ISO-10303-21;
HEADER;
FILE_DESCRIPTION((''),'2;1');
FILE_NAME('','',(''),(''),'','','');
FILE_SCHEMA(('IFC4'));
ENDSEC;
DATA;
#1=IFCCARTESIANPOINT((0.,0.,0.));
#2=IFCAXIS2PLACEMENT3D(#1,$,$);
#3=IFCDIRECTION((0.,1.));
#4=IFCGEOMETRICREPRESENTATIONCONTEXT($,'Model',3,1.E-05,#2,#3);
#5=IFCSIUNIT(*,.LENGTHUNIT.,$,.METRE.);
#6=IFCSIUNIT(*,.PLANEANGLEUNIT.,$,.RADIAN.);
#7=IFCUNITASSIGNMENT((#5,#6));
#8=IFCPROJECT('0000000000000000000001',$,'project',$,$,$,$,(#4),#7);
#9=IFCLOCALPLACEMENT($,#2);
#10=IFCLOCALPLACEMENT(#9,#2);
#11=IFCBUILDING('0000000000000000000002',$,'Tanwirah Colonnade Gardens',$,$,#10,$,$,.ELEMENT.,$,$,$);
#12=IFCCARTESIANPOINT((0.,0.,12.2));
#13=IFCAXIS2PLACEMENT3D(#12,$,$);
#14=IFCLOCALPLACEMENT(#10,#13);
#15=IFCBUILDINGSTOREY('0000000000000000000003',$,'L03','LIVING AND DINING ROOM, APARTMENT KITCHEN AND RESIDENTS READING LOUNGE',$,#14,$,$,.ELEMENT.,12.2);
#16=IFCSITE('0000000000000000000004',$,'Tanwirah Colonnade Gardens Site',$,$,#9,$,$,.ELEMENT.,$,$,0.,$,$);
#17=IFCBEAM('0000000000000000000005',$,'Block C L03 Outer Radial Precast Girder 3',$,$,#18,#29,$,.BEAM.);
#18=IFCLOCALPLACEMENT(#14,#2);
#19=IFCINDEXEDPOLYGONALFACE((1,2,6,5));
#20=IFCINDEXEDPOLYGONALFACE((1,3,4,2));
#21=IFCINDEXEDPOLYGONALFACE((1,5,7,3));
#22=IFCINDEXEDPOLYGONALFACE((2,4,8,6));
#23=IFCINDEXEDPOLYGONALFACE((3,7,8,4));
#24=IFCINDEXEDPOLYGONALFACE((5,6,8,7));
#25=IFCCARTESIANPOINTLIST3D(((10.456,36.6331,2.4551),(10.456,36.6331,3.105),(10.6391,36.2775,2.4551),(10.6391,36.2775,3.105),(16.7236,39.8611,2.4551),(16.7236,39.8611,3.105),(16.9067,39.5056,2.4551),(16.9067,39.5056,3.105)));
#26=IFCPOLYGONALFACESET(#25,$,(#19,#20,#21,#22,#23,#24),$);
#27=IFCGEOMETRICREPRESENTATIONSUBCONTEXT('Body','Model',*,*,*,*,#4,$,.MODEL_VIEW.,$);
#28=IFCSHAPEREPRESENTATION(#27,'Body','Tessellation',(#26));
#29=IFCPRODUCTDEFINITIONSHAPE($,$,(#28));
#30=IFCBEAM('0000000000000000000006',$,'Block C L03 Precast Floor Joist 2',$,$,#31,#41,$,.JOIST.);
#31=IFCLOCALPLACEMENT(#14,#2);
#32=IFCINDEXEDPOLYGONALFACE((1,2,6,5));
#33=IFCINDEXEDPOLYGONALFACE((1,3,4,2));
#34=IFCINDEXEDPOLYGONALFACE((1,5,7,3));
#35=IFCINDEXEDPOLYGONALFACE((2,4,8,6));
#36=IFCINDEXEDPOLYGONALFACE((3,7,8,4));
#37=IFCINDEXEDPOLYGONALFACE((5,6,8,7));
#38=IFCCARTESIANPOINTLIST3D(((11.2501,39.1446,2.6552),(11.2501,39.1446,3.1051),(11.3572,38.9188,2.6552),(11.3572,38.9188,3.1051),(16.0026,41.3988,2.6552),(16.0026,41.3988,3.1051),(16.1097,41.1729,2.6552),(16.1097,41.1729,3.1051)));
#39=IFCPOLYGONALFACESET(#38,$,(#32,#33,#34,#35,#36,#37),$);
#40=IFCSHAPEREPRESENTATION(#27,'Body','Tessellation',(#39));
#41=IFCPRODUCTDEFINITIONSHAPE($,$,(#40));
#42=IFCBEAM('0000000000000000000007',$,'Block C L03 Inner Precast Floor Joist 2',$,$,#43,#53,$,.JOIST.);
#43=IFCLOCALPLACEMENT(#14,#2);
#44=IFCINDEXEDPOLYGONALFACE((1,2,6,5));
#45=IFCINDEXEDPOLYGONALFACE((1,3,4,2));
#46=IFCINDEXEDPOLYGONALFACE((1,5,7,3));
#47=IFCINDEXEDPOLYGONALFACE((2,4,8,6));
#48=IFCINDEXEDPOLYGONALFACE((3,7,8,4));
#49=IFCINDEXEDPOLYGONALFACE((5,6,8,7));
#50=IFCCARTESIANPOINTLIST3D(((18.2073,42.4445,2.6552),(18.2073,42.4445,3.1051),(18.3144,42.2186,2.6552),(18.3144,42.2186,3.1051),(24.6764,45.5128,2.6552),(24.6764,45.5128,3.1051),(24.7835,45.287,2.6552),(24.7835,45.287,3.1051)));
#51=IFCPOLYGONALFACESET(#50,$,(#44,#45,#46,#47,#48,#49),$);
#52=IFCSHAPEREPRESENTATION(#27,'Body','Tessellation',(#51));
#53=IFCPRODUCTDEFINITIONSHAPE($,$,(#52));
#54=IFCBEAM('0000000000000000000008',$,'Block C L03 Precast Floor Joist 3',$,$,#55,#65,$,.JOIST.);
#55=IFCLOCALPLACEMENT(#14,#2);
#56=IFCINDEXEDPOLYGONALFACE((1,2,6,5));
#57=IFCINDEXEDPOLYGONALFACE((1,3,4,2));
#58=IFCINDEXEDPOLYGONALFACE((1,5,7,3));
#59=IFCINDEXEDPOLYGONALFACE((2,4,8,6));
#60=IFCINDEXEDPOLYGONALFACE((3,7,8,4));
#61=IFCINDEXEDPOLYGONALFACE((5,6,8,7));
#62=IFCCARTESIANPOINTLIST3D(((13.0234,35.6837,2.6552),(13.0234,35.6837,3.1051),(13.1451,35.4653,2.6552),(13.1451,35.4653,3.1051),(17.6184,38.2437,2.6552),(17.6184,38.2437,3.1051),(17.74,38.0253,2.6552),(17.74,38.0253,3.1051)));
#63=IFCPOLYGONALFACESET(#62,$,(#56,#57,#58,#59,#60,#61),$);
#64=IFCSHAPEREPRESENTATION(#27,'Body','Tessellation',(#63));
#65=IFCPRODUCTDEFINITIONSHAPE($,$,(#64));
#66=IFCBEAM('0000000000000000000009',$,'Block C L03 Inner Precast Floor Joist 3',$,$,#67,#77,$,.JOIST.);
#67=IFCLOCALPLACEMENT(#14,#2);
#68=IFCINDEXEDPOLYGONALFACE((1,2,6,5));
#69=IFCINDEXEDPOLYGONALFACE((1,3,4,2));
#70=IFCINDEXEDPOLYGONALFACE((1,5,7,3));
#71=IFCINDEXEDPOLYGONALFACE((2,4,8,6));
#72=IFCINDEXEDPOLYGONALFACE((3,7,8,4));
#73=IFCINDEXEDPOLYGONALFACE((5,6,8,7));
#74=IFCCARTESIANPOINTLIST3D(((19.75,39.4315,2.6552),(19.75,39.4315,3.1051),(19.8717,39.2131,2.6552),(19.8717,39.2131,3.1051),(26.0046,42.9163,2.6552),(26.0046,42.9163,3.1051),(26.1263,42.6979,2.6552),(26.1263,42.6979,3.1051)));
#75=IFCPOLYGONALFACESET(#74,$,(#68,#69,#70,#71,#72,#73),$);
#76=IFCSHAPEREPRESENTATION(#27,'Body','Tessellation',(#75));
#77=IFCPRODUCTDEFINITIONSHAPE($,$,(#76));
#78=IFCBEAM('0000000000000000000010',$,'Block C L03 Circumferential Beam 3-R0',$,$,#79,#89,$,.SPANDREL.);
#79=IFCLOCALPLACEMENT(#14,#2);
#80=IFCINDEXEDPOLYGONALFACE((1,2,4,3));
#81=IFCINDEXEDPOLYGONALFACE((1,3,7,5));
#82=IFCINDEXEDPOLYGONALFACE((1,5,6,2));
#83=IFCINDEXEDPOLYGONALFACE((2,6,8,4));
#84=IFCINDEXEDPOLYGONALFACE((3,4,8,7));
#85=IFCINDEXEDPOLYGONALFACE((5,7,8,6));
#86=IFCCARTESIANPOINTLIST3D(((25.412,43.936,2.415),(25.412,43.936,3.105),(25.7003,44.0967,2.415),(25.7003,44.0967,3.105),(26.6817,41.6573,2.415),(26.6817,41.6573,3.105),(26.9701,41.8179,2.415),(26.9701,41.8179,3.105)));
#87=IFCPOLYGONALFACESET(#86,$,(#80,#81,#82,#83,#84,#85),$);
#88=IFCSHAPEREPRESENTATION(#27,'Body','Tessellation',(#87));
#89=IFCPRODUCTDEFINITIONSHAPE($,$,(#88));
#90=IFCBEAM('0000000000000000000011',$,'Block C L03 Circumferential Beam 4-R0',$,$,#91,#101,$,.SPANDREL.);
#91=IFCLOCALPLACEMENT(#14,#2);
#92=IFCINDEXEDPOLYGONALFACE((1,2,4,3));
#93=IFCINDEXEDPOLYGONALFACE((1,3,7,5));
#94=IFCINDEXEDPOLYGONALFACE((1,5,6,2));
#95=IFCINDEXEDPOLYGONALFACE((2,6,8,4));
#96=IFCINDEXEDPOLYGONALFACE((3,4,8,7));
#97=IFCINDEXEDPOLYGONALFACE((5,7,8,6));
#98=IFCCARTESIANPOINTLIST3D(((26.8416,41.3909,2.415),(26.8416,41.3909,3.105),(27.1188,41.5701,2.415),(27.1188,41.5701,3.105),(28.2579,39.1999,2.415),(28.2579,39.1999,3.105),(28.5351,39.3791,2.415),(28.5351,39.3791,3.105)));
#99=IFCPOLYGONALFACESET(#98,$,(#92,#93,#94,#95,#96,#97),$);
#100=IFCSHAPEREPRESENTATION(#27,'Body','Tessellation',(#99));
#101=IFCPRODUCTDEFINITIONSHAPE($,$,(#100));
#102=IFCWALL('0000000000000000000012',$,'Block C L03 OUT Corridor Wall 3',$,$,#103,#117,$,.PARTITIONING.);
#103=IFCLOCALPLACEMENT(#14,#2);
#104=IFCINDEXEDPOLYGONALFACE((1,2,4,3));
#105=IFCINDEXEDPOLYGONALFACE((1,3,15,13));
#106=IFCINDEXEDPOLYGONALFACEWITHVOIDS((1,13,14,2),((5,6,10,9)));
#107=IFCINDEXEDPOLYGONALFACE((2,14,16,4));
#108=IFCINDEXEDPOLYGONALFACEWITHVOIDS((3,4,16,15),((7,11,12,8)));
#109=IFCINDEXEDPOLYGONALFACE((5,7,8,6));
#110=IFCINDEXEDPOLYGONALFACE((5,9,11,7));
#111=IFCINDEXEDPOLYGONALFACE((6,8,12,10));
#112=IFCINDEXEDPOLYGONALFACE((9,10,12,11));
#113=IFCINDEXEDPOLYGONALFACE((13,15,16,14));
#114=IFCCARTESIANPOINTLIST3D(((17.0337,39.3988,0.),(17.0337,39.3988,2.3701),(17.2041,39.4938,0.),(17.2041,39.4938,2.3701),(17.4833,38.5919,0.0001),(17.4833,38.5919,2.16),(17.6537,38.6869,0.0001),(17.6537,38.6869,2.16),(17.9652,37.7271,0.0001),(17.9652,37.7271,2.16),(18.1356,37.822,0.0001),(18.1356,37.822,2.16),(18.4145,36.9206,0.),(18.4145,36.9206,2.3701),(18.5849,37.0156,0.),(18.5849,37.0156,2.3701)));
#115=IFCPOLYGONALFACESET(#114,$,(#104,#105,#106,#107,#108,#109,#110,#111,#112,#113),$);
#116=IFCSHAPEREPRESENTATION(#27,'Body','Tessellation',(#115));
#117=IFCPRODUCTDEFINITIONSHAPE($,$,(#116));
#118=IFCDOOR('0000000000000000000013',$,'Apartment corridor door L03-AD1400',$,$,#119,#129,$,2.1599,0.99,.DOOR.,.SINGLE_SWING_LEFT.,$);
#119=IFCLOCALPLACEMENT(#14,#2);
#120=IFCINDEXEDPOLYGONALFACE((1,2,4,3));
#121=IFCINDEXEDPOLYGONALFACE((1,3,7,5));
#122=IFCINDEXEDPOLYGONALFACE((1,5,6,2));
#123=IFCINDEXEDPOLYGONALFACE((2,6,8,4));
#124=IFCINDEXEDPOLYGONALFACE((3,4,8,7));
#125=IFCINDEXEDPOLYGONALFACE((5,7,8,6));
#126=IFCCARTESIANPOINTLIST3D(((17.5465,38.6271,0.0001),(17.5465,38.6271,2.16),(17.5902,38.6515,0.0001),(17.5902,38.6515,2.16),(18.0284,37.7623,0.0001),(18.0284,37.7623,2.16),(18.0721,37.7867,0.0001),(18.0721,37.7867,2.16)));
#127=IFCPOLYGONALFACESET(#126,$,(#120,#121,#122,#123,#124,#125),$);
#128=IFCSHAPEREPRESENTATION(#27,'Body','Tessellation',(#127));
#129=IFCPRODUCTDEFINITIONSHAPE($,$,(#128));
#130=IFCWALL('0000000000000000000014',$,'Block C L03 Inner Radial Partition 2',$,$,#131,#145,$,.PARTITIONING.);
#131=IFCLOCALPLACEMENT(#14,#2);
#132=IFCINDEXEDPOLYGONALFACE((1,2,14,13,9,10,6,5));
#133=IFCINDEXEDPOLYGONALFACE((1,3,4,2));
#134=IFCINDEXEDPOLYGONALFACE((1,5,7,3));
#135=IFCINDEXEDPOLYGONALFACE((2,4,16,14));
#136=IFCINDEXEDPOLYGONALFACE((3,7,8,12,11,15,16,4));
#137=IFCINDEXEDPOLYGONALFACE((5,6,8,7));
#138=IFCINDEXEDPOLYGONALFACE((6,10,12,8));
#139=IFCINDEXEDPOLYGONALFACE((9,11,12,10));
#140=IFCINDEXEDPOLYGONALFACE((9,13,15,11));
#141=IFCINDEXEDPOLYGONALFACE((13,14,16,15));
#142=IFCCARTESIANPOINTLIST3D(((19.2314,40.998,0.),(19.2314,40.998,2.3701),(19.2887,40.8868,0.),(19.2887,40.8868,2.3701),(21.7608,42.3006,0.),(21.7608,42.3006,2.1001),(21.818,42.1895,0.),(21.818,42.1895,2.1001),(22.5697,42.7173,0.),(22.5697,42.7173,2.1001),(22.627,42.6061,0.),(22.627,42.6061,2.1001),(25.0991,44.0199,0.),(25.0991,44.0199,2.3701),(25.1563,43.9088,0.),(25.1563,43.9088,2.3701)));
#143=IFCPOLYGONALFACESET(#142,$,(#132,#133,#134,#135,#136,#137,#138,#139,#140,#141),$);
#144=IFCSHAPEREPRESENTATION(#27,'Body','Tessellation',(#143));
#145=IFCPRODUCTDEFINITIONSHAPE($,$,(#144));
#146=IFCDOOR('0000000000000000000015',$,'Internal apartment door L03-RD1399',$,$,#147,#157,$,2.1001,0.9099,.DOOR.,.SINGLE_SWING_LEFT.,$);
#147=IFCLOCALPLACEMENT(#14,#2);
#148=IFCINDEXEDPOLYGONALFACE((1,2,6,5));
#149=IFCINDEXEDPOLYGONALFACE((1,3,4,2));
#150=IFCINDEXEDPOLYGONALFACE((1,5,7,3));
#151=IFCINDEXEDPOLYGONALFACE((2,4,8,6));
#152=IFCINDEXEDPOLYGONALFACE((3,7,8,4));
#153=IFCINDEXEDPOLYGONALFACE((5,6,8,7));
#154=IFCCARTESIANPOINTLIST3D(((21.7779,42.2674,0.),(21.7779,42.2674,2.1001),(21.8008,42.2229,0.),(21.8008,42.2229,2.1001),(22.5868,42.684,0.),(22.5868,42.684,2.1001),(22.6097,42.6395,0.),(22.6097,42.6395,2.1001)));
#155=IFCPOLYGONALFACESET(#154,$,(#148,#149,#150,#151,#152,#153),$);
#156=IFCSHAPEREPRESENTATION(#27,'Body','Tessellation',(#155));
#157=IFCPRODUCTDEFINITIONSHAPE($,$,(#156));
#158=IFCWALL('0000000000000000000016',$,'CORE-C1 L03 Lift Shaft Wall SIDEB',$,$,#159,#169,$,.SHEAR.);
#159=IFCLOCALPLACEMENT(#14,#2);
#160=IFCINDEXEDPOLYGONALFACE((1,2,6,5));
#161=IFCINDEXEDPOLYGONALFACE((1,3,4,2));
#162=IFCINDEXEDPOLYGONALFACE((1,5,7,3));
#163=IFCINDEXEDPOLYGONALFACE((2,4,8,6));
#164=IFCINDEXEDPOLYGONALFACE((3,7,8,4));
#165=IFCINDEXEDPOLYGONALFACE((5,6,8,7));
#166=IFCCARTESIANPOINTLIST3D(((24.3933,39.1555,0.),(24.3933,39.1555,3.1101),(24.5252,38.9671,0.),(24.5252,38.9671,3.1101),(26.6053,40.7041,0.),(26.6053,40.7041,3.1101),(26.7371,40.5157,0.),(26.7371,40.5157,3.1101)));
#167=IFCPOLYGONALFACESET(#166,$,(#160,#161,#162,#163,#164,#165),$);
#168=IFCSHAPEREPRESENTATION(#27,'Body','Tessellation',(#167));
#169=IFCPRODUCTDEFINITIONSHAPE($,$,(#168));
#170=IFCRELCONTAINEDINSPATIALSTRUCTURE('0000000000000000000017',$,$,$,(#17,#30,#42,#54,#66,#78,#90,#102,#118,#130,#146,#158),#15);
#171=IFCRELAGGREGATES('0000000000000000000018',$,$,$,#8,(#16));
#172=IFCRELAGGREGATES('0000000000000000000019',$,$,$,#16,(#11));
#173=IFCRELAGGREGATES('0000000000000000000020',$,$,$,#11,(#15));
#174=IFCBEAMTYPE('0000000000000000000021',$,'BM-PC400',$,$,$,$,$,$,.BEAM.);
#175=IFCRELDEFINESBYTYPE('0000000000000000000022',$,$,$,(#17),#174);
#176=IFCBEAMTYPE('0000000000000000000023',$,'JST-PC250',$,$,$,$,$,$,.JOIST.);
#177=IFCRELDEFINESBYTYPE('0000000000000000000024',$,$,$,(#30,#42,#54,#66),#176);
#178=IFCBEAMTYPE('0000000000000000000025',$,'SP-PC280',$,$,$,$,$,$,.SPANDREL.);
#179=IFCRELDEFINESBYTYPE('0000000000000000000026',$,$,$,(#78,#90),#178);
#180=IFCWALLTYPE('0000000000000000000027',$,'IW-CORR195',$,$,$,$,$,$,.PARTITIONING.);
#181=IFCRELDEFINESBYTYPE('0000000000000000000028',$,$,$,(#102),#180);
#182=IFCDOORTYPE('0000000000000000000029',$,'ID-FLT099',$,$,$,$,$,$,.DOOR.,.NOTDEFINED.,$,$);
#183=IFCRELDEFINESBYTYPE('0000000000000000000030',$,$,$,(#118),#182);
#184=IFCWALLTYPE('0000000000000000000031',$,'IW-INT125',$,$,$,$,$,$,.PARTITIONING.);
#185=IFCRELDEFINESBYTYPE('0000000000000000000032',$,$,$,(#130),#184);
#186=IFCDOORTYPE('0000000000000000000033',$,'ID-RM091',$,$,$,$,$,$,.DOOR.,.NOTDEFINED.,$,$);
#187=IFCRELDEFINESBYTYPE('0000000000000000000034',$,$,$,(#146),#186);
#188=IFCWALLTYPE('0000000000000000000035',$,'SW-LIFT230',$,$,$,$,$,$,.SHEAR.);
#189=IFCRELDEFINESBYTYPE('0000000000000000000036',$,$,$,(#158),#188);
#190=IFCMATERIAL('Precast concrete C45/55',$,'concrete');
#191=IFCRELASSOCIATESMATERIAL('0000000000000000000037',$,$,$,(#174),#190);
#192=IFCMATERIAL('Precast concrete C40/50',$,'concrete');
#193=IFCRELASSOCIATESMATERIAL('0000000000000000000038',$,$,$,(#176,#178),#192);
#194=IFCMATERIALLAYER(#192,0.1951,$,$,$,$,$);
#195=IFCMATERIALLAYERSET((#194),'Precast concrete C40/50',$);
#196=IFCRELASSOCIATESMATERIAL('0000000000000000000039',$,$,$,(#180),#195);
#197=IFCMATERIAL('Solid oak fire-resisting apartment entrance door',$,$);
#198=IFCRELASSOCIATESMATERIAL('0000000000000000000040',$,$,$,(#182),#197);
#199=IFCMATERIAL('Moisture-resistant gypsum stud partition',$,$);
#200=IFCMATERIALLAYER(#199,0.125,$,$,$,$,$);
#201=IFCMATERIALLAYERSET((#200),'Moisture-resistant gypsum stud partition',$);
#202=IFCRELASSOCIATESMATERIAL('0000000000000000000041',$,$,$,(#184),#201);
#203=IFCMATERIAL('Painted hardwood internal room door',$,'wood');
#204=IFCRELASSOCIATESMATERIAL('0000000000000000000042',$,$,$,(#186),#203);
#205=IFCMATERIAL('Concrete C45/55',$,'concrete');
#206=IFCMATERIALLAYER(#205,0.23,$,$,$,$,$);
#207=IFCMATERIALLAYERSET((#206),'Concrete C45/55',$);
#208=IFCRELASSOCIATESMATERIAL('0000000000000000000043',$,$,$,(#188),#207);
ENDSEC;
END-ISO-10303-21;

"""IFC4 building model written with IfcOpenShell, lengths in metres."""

from ifc_helpers import new_model, si_unit, direction, frame, frame_2d, origin, origin_2d, place, context, subcontext, project, spatial, rectangle, extrude, material, layer, layer_set, material_profile, profile_set, type_object, element, fill, save


model = new_model("IFC4")

# Units and contexts
model_context = context("Model", 3, precision=1e-05, world=origin(), true_north=direction((0.0, 1.0)))
body_context = subcontext(model_context, "Body", "Model", "MODEL_VIEW")
ifc_project = project(units=[si_unit("LENGTHUNIT", "METRE"), si_unit("PLANEANGLEUNIT", "RADIAN")], contexts=[model_context])

# Site, building, storey
site_placement = place(None, origin())
site = spatial("IfcSite", under=ifc_project, at=site_placement, Name="Tanwirah Colonnade Gardens Site", CompositionType="ELEMENT", RefElevation=0.0)
building_placement = place(site_placement, origin())
building = spatial("IfcBuilding", under=site, at=building_placement, Name="Tanwirah Colonnade Gardens", CompositionType="ELEMENT")
storey_placement = place(building_placement, frame((0.0, 0.0, 12.2)))
storey = spatial("IfcBuildingStorey", under=building, at=storey_placement, Name="L03", Description="LIVING AND DINING ROOM, APARTMENT KITCHEN AND RESIDENTS READING LOUNGE", CompositionType="ELEMENT", Elevation=12.2)

# Shared definitions
ifc_material_1 = material(Name="Precast concrete C40/50", Category="concrete")

# Beams
ifc_material_2 = material(Name="Precast concrete C45/55", Category="concrete")
ifc_material_profile_1 = material_profile(ifc_material_2, rectangle(XDim=0.3999, YDim=0.6499, at=origin_2d()), Name="PC-BM 400x650")
ifc_profile_set_1 = profile_set([ifc_material_profile_1], Name="Precast concrete C45/55")
beam_type_1 = type_object("IfcBeamType", Name="BM-PC400", PredefinedType="BEAM", material=ifc_profile_set_1)
beam_1_placement = place(storey_placement, frame((16.8152, 39.6833, 2.78), z_axis=(-0.889016, -0.457875, 0.0), x_axis=(0.457875, -0.889016, 0.0)))
element("IfcBeam", 1, at=beam_1_placement, inside=storey, type_object=beam_type_1, Name="Block C L03 Outer Radial Precast Girder 3", PredefinedType="BEAM", context=body_context, shape_type="SweptSolid", body=[
    extrude(rectangle(XDim=0.3999, YDim=0.6499, at=origin_2d()), origin(), (0.0, 0.0, 1.0), 7.05),
])
ifc_material_profile_2 = material_profile(ifc_material_1, rectangle(XDim=0.25, YDim=0.45, at=origin_2d()), Name="PC-JST 250x450")
ifc_profile_set_2 = profile_set([ifc_material_profile_2], Name="Precast concrete C40/50")
beam_type_2 = type_object("IfcBeamType", Name="JST-PC250", PredefinedType="JOIST", material=ifc_profile_set_2)
beam_2_placement = place(storey_placement, frame((16.0562, 41.2859, 2.8801), z_axis=(-0.903518, -0.428551, 0.0), x_axis=(0.428551, -0.903518, 0.0)))
element("IfcBeam", 2, at=beam_2_placement, inside=storey, type_object=beam_type_2, Name="Block C L03 Precast Floor Joist 2", PredefinedType="JOIST", context=body_context, shape_type="SweptSolid", body=[
    extrude(rectangle(XDim=0.25, YDim=0.45, at=origin_2d()), origin(), (0.0, 0.0, 1.0), 5.26),
])
beam_3_placement = place(storey_placement, frame((24.73, 45.3999, 2.8801), z_axis=(-0.903522, -0.428541, 0.0), x_axis=(0.428541, -0.903522, 0.0)))
element("IfcBeam", 3, at=beam_3_placement, inside=storey, type_object=beam_type_2, Name="Block C L03 Inner Precast Floor Joist 2", PredefinedType="JOIST", context=body_context, shape_type="SweptSolid", body=[
    extrude(rectangle(XDim=0.25, YDim=0.45, at=origin_2d()), origin(), (0.0, 0.0, 1.0), 7.1599),
])
beam_4_placement = place(storey_placement, frame((17.6792, 38.1345, 2.8801), z_axis=(-0.873568, -0.486703, 0.0), x_axis=(0.486703, -0.873568, 0.0)))
element("IfcBeam", 4, at=beam_4_placement, inside=storey, type_object=beam_type_2, Name="Block C L03 Precast Floor Joist 3", PredefinedType="JOIST", context=body_context, shape_type="SweptSolid", body=[
    extrude(rectangle(XDim=0.25, YDim=0.45, at=origin_2d()), origin(), (0.0, 0.0, 1.0), 5.26),
])
beam_5_placement = place(storey_placement, frame((26.0654, 42.8071, 2.8801), z_axis=(-0.87356, -0.486717, 0.0), x_axis=(0.486717, -0.87356, 0.0)))
element("IfcBeam", 5, at=beam_5_placement, inside=storey, type_object=beam_type_2, Name="Block C L03 Inner Precast Floor Joist 3", PredefinedType="JOIST", context=body_context, shape_type="SweptSolid", body=[
    extrude(rectangle(XDim=0.25, YDim=0.45, at=origin_2d()), origin(), (0.0, 0.0, 1.0), 7.1599),
])
ifc_material_profile_3 = material_profile(ifc_material_1, rectangle(XDim=0.3301, YDim=0.6899, at=origin_2d()), Name="PC-SP 330x690")
ifc_profile_set_3 = profile_set([ifc_material_profile_3], Name="Precast concrete C40/50")
beam_type_3 = type_object("IfcBeamType", Name="SP-PC280", PredefinedType="SPANDREL", material=ifc_profile_set_3)
beam_6_placement = place(storey_placement, frame((25.5562, 44.0164, 2.76), z_axis=(0.486747, -0.873543, 0.0), x_axis=(0.873543, 0.486747, 0.0)))
element("IfcBeam", 6, at=beam_6_placement, inside=storey, type_object=beam_type_3, Name="Block C L03 Circumferential Beam 3-R0", PredefinedType="SPANDREL", context=body_context, shape_type="SweptSolid", body=[
    extrude(rectangle(XDim=0.3301, YDim=0.6899, at=origin_2d()), origin(), (0.0, 0.0, 1.0), 2.6086),
])
beam_7_placement = place(storey_placement, frame((26.9802, 41.4805, 2.76), z_axis=(0.542875, -0.839814, 0.0), x_axis=(0.839814, 0.542875, 0.0)))
element("IfcBeam", 7, at=beam_7_placement, inside=storey, type_object=beam_type_3, Name="Block C L03 Circumferential Beam 4-R0", PredefinedType="SPANDREL", context=body_context, shape_type="SweptSolid", body=[
    extrude(rectangle(XDim=0.3301, YDim=0.6899, at=origin_2d()), origin(), (0.0, 0.0, 1.0), 2.6089),
])

# Walls, openings, doors
ifc_layer_1 = layer(ifc_material_1, 0.1951)
ifc_layer_set_1 = layer_set([ifc_layer_1], Name="Precast concrete C40/50")
wall_type_1 = type_object("IfcWallType", Name="IW-CORR195", PredefinedType="PARTITIONING", material=ifc_layer_set_1)
ifc_material_3 = material(Name="Solid oak fire-resisting apartment entrance door")
wall_1_placement = place(storey_placement, frame((17.1189, 39.4463, 0.0), z_axis=(0.0, 0.0, 1.0), x_axis=(0.486731, -0.873552, 0.0)))
wall_1 = element("IfcWall", 8, at=wall_1_placement, inside=storey, type_object=wall_type_1, Name="Block C L03 OUT Corridor Wall 3", PredefinedType="PARTITIONING", context=body_context, shape_type="SweptSolid", body=[
    extrude(rectangle(XDim=2.8369, YDim=0.1951, at=frame_2d((1.4185, 0.0))), origin(), (0.0, 0.0, 1.0), 2.3701),
])
opening_1_placement = place(wall_1_placement, frame((0.9236, 0.0, 0.0)))
opening_1 = element("IfcOpeningElement", 9, at=opening_1_placement, cuts=wall_1, PredefinedType="OPENING", context=body_context, shape_type="SweptSolid", body=[
    extrude(rectangle(XDim=0.99, YDim=2.1599, at=frame_2d((0.4951, 1.0801))), frame((0.0, 0.1074, 0.0), z_axis=(0.0, -1.0, 0.0), x_axis=(1.0, 0.0, 0.0)), (0.0, 0.0, 1.0), 0.2151),
])
door_type_1 = type_object("IfcDoorType", Name="ID-FLT099", OperationType="NOTDEFINED", PredefinedType="DOOR", material=ifc_material_3)
door_1_placement = place(opening_1_placement, origin())
door_1 = element("IfcDoor", 10, at=door_1_placement, inside=storey, type_object=door_type_1, Name="Apartment corridor door L03-AD1400", OperationType="SINGLE_SWING_LEFT", OverallHeight=2.1599, OverallWidth=0.99, PredefinedType="DOOR", context=body_context, shape_type="SweptSolid", body=[
    extrude(rectangle(XDim=0.99, YDim=2.1599, at=frame_2d((0.4951, 1.0801))), frame((0.0, 0.0249, 0.0), z_axis=(0.0, -1.0, 0.0), x_axis=(1.0, 0.0, 0.0)), (0.0, 0.0, 1.0), 0.05),
])
fill(opening_1, door_1)
ifc_material_4 = material(Name="Moisture-resistant gypsum stud partition")
ifc_layer_2 = layer(ifc_material_4, 0.125)
ifc_layer_set_2 = layer_set([ifc_layer_2], Name="Moisture-resistant gypsum stud partition")
wall_type_2 = type_object("IfcWallType", Name="IW-INT125", PredefinedType="PARTITIONING", material=ifc_layer_set_2)
wall_2_placement = place(storey_placement, frame((25.1277, 43.9644, 0.0), z_axis=(0.0, 0.0, 1.0), x_axis=(-0.889022, -0.457864, 0.0)))
wall_2 = element("IfcWall", 11, at=wall_2_placement, inside=storey, type_object=wall_type_2, Name="Block C L03 Inner Radial Partition 2", PredefinedType="PARTITIONING", context=body_context, shape_type="SweptSolid", body=[
    extrude(rectangle(XDim=6.6001, YDim=0.125, at=frame_2d((3.3, 0.0))), origin(), (0.0, 0.0, 1.0), 2.3701),
])
opening_2_placement = place(wall_2_placement, frame((2.845, 0.0, 0.0)))
opening_2 = element("IfcOpeningElement", 12, at=opening_2_placement, cuts=wall_2, PredefinedType="OPENING", context=body_context, shape_type="SweptSolid", body=[
    extrude(rectangle(XDim=0.9099, YDim=2.1001, at=frame_2d((0.4551, 1.05))), frame((0.0, 0.0725, 0.0), z_axis=(0.0, -1.0, 0.0), x_axis=(1.0, 0.0, 0.0)), (0.0, 0.0, 1.0), 0.145),
])
ifc_material_5 = material(Name="Painted hardwood internal room door", Category="wood")
door_type_2 = type_object("IfcDoorType", Name="ID-RM091", OperationType="NOTDEFINED", PredefinedType="DOOR", material=ifc_material_5)
door_2_placement = place(opening_2_placement, origin())
door_2 = element("IfcDoor", 13, at=door_2_placement, inside=storey, type_object=door_type_2, Name="Internal apartment door L03-RD1399", OperationType="SINGLE_SWING_LEFT", OverallHeight=2.1001, OverallWidth=0.9099, PredefinedType="DOOR", context=body_context, shape_type="SweptSolid", body=[
    extrude(rectangle(XDim=0.9099, YDim=2.1001, at=frame_2d((0.4551, 1.05))), frame((0.0, 0.0249, 0.0), z_axis=(0.0, -1.0, 0.0), x_axis=(1.0, 0.0, 0.0)), (0.0, 0.0, 1.0), 0.05),
])
fill(opening_2, door_2)

# Wall
ifc_material_6 = material(Name="Concrete C45/55", Category="concrete")
ifc_layer_3 = layer(ifc_material_6, 0.23)
ifc_layer_set_3 = layer_set([ifc_layer_3], Name="Concrete C45/55")
wall_type_3 = type_object("IfcWallType", Name="SW-LIFT230", PredefinedType="SHEAR", material=ifc_layer_set_3)
wall_3_placement = place(storey_placement, frame((24.4592, 39.0613, 0.0), z_axis=(0.0, 0.0, 1.0), x_axis=(0.819189, 0.573523, 0.0)))
element("IfcWall", 14, at=wall_3_placement, inside=storey, type_object=wall_type_3, Name="CORE-C1 L03 Lift Shaft Wall SIDEB", PredefinedType="SHEAR", context=body_context, shape_type="SweptSolid", body=[
    extrude(rectangle(XDim=2.7002, YDim=0.23, at=frame_2d((1.3501, 0.0))), origin(), (0.0, 0.0, 1.0), 3.1101),
])

save(model, "model.ifc")
